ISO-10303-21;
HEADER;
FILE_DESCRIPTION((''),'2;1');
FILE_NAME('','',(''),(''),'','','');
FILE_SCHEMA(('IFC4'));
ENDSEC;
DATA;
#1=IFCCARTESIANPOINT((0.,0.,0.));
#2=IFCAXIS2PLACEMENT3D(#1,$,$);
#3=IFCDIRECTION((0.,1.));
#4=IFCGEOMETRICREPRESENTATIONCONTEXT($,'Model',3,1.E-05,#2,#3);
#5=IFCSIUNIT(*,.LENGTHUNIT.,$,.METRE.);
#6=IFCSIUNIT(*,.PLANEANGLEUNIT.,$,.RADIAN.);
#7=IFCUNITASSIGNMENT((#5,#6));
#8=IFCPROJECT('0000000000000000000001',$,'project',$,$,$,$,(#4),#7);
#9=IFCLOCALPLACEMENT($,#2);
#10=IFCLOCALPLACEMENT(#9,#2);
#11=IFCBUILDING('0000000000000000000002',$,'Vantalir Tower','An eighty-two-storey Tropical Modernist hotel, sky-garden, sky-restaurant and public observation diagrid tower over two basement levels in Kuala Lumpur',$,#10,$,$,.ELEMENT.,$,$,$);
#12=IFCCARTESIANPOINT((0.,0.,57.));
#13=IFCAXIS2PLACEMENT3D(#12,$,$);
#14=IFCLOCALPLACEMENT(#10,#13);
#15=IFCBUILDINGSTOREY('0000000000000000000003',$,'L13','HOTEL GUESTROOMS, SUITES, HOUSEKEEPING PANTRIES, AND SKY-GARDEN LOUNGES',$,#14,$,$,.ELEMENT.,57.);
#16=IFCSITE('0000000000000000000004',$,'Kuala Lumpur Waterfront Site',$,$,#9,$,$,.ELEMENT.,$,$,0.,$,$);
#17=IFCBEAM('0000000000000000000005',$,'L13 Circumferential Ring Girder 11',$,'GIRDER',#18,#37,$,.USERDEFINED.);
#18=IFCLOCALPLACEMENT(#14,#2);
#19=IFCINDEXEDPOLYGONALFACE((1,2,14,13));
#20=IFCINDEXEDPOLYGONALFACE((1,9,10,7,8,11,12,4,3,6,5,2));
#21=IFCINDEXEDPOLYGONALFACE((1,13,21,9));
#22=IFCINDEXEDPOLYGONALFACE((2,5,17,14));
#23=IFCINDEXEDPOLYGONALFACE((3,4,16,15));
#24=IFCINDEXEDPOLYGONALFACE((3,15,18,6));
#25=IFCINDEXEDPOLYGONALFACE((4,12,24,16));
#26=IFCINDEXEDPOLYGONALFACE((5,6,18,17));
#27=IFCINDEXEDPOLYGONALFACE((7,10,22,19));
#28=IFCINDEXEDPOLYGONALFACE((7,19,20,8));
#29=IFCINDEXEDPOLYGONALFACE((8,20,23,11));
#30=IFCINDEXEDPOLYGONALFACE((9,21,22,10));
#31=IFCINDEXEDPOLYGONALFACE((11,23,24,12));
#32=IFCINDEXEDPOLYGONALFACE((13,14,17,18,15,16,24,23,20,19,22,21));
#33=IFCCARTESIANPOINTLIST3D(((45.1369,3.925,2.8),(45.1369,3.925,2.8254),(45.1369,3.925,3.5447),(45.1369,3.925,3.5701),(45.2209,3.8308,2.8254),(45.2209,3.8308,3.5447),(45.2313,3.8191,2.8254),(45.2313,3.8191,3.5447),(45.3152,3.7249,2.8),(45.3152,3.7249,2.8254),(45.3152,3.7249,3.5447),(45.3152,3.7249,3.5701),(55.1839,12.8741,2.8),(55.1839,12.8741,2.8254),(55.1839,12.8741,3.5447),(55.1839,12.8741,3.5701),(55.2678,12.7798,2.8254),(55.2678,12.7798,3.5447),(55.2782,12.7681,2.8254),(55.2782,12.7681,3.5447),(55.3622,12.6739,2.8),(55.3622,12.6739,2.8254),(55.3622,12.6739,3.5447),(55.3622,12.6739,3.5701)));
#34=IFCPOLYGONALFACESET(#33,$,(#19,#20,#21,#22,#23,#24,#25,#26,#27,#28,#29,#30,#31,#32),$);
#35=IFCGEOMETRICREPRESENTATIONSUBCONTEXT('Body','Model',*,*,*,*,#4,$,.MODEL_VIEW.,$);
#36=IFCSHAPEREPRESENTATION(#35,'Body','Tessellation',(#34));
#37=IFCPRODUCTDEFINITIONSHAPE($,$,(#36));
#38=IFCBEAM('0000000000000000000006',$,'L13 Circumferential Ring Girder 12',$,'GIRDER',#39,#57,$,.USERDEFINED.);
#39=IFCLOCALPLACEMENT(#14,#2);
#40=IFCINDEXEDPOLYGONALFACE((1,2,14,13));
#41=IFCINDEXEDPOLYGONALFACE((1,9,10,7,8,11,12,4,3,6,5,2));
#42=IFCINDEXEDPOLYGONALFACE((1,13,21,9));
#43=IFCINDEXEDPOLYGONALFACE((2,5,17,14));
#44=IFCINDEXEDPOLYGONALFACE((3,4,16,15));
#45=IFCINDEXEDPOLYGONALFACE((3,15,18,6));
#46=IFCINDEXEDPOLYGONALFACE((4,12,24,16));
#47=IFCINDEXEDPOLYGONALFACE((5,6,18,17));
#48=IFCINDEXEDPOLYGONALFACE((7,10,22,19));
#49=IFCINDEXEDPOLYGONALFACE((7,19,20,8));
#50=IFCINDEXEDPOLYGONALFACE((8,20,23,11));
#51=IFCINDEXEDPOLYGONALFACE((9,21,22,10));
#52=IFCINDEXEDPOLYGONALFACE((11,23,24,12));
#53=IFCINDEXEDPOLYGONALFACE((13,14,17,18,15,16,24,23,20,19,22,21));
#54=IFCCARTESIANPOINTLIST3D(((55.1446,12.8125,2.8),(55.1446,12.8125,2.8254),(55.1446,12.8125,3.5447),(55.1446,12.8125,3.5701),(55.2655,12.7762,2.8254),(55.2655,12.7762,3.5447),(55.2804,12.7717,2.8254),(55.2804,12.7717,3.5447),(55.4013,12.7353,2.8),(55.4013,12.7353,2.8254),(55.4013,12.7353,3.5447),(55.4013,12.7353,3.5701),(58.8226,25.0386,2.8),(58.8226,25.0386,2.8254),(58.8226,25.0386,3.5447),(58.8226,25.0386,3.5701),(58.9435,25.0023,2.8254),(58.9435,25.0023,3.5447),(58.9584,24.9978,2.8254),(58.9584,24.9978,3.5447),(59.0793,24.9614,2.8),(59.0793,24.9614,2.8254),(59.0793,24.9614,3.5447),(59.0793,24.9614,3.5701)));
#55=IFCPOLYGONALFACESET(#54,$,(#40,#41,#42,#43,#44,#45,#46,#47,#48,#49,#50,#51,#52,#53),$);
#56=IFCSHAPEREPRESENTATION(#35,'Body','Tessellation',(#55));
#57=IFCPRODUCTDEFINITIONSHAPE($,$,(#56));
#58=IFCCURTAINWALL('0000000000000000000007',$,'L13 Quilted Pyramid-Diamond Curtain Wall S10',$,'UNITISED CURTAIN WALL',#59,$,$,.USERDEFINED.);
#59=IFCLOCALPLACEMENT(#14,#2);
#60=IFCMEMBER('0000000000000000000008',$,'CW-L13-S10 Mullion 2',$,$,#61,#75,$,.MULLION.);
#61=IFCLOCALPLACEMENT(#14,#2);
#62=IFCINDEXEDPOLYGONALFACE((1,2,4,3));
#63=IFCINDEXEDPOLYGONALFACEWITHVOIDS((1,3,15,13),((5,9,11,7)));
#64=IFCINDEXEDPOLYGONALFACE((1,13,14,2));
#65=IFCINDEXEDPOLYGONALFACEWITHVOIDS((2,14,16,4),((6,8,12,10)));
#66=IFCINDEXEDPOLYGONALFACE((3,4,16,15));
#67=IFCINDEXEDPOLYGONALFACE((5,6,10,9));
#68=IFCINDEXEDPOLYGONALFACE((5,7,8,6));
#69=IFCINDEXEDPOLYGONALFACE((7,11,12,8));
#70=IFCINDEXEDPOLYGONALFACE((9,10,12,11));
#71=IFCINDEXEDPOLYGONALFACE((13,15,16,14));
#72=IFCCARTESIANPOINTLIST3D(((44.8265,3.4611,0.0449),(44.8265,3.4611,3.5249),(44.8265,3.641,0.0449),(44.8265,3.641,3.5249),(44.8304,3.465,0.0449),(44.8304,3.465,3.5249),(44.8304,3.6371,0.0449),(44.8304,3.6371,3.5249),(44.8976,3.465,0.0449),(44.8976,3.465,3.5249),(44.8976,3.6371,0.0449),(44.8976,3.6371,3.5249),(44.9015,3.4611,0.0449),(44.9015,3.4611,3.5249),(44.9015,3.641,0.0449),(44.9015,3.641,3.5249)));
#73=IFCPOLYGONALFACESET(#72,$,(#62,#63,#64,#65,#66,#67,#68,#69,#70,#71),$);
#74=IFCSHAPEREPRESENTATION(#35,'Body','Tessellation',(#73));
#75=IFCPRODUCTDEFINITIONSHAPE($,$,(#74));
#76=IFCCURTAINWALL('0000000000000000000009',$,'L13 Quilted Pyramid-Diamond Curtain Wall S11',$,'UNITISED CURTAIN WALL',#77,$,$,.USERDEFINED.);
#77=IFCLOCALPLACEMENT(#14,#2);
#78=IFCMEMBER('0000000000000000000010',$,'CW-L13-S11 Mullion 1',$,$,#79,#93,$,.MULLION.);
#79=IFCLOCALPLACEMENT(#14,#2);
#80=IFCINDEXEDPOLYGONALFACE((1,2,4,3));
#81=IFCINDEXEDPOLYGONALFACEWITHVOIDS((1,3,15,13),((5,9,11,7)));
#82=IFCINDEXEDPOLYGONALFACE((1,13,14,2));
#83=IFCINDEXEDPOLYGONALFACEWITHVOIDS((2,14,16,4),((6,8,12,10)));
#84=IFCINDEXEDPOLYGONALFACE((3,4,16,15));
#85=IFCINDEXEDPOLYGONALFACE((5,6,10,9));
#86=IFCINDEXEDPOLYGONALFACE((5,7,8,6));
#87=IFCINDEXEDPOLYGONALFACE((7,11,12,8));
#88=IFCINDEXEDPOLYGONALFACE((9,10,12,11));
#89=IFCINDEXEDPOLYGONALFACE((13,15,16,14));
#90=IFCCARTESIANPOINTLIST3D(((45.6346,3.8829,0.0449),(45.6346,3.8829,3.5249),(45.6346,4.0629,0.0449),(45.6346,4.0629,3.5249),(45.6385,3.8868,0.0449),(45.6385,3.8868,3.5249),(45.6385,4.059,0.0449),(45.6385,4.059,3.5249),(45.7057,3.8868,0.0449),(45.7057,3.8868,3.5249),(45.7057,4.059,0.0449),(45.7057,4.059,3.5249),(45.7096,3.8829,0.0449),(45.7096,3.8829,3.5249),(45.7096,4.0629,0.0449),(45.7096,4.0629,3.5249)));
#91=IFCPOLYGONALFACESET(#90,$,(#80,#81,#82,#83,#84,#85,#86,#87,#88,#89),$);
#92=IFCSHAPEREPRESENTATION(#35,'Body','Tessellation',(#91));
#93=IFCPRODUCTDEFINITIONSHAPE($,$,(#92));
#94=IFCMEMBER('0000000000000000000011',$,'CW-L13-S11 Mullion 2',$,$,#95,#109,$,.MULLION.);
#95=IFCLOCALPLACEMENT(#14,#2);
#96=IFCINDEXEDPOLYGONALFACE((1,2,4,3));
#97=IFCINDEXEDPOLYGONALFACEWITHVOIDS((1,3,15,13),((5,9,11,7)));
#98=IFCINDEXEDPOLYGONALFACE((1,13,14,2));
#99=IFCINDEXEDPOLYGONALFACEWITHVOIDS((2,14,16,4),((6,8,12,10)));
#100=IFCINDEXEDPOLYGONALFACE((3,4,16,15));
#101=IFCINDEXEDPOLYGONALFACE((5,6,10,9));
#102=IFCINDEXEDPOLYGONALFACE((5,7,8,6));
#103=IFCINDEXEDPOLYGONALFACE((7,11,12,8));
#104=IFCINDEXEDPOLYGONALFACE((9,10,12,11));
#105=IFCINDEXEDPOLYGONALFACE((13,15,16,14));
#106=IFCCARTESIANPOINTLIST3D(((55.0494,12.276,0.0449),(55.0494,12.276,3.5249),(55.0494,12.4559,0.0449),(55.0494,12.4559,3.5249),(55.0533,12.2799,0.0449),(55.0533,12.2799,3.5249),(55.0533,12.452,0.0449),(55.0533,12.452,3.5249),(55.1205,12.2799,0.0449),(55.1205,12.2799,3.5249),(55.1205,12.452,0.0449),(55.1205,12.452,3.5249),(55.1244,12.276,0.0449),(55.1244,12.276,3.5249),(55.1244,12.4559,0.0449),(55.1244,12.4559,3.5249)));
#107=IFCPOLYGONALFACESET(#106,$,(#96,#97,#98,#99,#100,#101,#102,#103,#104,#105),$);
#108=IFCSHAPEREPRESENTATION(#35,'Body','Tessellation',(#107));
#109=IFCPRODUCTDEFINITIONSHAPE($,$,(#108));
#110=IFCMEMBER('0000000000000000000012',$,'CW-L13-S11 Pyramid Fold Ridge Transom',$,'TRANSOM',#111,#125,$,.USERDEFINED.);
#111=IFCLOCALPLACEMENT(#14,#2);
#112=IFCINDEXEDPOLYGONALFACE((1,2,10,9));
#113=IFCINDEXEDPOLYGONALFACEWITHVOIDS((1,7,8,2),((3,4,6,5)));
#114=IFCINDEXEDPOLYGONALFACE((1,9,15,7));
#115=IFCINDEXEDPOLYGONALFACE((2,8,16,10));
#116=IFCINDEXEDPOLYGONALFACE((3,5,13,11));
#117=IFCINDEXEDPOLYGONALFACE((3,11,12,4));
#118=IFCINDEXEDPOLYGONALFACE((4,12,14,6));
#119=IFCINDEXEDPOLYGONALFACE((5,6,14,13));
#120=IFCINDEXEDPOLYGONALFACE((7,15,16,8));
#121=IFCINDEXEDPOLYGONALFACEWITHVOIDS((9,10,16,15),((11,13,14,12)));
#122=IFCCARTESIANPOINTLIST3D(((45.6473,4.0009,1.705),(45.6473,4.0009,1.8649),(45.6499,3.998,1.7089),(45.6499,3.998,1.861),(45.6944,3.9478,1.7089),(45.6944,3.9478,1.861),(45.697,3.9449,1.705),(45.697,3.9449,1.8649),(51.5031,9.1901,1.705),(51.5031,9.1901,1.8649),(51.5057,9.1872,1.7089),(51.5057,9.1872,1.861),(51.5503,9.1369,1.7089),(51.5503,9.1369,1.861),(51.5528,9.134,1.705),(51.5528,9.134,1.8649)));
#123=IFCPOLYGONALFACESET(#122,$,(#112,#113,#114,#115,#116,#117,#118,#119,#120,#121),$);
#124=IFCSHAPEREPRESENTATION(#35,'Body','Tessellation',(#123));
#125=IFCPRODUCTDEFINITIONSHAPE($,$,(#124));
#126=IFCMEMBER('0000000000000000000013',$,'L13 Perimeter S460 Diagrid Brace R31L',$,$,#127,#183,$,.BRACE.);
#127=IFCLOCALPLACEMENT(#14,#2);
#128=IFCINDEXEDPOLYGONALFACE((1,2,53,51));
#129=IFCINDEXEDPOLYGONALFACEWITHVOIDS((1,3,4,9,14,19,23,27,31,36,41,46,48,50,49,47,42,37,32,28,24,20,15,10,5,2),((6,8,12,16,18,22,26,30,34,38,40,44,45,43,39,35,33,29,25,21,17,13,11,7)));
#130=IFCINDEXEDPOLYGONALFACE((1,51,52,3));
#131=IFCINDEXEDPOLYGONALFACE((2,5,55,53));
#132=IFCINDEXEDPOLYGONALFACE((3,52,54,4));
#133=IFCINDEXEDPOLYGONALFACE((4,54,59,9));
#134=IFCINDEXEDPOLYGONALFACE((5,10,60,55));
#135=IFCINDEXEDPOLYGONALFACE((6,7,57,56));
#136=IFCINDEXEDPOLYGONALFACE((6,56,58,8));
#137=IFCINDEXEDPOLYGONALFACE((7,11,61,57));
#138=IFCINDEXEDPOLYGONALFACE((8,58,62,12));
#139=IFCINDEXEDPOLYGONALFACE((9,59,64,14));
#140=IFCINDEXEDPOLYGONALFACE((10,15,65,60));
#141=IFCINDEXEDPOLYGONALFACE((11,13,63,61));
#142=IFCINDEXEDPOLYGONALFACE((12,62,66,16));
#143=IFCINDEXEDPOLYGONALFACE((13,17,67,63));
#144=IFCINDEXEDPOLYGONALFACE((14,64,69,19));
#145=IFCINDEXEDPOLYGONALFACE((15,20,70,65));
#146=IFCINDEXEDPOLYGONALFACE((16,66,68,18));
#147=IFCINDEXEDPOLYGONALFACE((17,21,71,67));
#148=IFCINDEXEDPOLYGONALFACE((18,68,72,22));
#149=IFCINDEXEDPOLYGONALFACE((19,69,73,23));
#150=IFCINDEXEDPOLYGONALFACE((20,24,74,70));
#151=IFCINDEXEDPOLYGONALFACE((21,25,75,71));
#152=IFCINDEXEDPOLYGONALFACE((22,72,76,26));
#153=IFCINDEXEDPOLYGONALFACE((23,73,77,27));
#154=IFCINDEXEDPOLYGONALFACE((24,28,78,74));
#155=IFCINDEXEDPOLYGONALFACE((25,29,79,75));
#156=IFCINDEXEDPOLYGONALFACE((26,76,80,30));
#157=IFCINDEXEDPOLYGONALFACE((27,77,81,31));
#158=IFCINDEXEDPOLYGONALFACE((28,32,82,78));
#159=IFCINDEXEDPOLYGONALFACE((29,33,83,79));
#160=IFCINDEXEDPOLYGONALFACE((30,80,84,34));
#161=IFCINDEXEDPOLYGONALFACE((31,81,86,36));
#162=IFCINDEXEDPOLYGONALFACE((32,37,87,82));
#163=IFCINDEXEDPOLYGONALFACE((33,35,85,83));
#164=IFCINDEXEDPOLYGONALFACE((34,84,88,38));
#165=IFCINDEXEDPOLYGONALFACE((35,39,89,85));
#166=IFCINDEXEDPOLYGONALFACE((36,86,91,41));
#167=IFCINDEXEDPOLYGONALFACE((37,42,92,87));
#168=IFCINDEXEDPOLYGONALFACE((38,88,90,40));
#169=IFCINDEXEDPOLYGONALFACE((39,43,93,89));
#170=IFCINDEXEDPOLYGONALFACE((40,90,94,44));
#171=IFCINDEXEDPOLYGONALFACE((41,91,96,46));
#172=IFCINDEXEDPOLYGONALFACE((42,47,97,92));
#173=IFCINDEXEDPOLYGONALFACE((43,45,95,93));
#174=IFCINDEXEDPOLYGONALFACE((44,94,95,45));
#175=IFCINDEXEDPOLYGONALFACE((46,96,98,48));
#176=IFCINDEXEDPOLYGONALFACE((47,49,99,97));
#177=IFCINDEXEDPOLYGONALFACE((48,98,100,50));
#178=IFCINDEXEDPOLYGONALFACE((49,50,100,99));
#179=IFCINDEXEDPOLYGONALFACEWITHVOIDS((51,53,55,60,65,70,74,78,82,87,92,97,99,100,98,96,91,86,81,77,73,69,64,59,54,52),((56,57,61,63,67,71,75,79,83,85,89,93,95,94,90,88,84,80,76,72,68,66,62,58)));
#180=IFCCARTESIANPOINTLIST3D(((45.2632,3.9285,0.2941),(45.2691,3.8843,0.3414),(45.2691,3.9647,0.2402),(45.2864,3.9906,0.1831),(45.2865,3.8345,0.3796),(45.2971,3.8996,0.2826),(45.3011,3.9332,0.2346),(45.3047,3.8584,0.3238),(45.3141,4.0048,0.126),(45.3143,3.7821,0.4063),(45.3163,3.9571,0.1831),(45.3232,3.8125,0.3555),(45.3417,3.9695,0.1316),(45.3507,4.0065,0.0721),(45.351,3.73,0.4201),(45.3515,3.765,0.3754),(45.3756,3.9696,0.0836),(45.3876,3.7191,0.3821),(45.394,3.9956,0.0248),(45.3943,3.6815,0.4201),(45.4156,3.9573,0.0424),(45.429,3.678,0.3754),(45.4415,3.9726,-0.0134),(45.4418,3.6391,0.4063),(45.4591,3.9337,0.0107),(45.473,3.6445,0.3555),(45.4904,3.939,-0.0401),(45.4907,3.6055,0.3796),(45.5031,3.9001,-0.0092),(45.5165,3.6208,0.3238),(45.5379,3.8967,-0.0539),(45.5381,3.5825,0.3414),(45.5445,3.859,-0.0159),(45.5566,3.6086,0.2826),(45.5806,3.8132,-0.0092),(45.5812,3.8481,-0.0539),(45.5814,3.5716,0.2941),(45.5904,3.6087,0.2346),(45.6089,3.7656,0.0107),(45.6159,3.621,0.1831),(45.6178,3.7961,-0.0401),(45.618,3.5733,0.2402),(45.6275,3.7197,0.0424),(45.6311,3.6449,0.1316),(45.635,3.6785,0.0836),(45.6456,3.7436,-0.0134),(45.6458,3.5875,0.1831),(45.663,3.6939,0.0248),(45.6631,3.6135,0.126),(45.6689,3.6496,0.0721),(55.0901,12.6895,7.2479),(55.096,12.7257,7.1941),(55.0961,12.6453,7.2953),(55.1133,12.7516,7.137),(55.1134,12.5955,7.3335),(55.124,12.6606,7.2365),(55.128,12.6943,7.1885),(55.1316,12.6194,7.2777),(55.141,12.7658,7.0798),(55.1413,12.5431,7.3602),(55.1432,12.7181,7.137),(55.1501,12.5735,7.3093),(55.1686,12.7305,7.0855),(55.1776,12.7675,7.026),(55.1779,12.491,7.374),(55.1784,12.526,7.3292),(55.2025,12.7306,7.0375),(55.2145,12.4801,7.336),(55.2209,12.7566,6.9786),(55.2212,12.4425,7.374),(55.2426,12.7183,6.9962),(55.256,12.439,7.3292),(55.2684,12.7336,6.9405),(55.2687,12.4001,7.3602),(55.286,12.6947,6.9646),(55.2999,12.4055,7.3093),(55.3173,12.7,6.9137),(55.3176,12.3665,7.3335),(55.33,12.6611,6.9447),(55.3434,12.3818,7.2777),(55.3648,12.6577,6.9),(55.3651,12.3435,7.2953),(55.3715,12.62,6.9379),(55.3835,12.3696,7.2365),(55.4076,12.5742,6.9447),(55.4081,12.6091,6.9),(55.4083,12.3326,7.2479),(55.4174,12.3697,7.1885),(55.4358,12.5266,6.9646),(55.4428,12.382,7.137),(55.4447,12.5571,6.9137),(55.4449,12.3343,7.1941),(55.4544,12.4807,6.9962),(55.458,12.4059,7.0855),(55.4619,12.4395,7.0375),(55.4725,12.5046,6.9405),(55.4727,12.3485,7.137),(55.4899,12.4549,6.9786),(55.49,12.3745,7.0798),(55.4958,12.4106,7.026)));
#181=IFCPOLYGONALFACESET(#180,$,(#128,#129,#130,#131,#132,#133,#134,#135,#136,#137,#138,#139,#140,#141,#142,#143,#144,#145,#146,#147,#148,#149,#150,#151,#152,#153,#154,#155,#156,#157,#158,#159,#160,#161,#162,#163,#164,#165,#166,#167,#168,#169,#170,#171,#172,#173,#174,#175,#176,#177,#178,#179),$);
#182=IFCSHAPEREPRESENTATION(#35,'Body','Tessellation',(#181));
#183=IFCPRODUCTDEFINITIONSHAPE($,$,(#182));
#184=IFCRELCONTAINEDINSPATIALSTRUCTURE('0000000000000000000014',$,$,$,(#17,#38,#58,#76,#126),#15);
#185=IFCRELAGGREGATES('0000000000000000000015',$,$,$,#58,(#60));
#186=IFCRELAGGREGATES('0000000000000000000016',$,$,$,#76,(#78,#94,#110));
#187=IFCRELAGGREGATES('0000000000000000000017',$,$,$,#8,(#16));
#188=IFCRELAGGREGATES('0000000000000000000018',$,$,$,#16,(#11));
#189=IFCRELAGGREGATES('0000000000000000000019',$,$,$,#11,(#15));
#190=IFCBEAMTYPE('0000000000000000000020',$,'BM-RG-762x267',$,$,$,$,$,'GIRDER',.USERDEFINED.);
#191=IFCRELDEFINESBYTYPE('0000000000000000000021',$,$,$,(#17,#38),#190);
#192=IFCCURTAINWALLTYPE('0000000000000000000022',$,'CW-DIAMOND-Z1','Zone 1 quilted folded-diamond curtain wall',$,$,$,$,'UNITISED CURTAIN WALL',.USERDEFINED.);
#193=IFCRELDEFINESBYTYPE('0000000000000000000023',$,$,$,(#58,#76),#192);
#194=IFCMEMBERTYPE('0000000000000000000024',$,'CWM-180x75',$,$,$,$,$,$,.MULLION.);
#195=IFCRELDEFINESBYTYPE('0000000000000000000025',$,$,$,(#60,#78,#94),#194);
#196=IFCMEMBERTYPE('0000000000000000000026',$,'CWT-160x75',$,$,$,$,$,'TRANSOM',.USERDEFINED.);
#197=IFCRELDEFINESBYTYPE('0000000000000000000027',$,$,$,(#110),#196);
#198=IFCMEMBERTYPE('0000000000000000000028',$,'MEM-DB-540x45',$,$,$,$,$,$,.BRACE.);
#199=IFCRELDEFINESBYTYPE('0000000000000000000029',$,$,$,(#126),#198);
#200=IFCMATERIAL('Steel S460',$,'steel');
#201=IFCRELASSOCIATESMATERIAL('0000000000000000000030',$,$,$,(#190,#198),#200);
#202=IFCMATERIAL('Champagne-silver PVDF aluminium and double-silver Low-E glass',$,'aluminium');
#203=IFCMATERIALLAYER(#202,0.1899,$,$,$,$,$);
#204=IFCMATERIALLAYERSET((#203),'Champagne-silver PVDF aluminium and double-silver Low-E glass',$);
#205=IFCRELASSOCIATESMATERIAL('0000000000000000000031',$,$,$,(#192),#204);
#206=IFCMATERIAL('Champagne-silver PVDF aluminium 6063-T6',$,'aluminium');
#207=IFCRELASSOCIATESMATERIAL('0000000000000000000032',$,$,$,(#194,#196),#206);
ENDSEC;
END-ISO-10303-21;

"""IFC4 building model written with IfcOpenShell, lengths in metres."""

from ifc_helpers import new_model, si_unit, direction, frame, origin, origin_2d, place, context, subcontext, project, spatial, hollow_rectangle, hollow_circle, i_section, extrude, material, layer, layer_set, material_profile, profile_set, type_object, element, aggregate, save


model = new_model("IFC4")

# Units and contexts
model_context = context("Model", 3, precision=1e-05, world=origin(), true_north=direction((0.0, 1.0)))
body_context = subcontext(model_context, "Body", "Model", "MODEL_VIEW")
ifc_project = project(units=[si_unit("LENGTHUNIT", "METRE"), si_unit("PLANEANGLEUNIT", "RADIAN")], contexts=[model_context])

# Site, building, storey
site_placement = place(None, origin())
site = spatial("IfcSite", under=ifc_project, at=site_placement, Name="Kuala Lumpur Waterfront Site", CompositionType="ELEMENT", RefElevation=0.0)
building_placement = place(site_placement, origin())
building = spatial("IfcBuilding", under=site, at=building_placement, Name="Vantalir Tower", Description="An eighty-two-storey Tropical Modernist hotel, sky-garden, sky-restaurant and public observation diagrid tower over two basement levels in Kuala Lumpur", CompositionType="ELEMENT")
storey_placement = place(building_placement, frame((0.0, 0.0, 57.0)))
storey = spatial("IfcBuildingStorey", under=building, at=storey_placement, Name="L13", Description="HOTEL GUESTROOMS, SUITES, HOUSEKEEPING PANTRIES, AND SKY-GARDEN LOUNGES", CompositionType="ELEMENT", Elevation=57.0)

# Shared definitions
ifc_material_1 = material(Name="Steel S460", Category="steel")

# Beams
ifc_material_profile_1 = material_profile(ifc_material_1, i_section(OverallWidth=0.2681, OverallDepth=0.77, WebThickness=0.0156, FlangeThickness=0.0254, at=origin_2d()), Name="Steel S460")
ifc_profile_set_1 = profile_set([ifc_material_profile_1], Name="Steel S460")
beam_type_1 = type_object("IfcBeamType", Name="BM-RG-762x267", ElementType="GIRDER", PredefinedType="USERDEFINED", material=ifc_profile_set_1)
beam_1_placement = place(storey_placement, frame((45.2261, 3.825, 3.1851), z_axis=(0.746729, 0.665128, 0.0), x_axis=(-0.665128, 0.746729, 0.0)))
element("IfcBeam", 1, at=beam_1_placement, inside=storey, type_object=beam_type_1, Name="L13 Circumferential Ring Girder 11", ObjectType="GIRDER", PredefinedType="USERDEFINED", context=body_context, shape_type="SweptSolid", body=[
    extrude(i_section(OverallWidth=0.2681, OverallDepth=0.77, WebThickness=0.0156, FlangeThickness=0.0254, at=origin_2d()), origin(), (0.0, 0.0, 1.0), 13.4546),
])
beam_2_placement = place(storey_placement, frame((55.2729, 12.7739, 3.1851), z_axis=(0.288078, 0.957607, 0.0), x_axis=(-0.957607, 0.288078, 0.0)))
element("IfcBeam", 2, at=beam_2_placement, inside=storey, type_object=beam_type_1, Name="L13 Circumferential Ring Girder 12", ObjectType="GIRDER", PredefinedType="USERDEFINED", context=body_context, shape_type="SweptSolid", body=[
    extrude(i_section(OverallWidth=0.2681, OverallDepth=0.77, WebThickness=0.0156, FlangeThickness=0.0254, at=origin_2d()), origin(), (0.0, 0.0, 1.0), 12.7673),
])

# Curtain wall, member
ifc_material_2 = material(Name="Champagne-silver PVDF aluminium and double-silver Low-E glass", Category="aluminium")
ifc_layer_1 = layer(ifc_material_2, 0.1899)
ifc_layer_set_1 = layer_set([ifc_layer_1], Name="Champagne-silver PVDF aluminium and double-silver Low-E glass")
curtain_wall_type = type_object("IfcCurtainWallType", Name="CW-DIAMOND-Z1", Description="Zone 1 quilted folded-diamond curtain wall", ElementType="UNITISED CURTAIN WALL", PredefinedType="USERDEFINED", material=ifc_layer_set_1)
curtain_wall_1_placement = place(storey_placement, origin())
curtain_wall_1 = element("IfcCurtainWall", 3, at=curtain_wall_1_placement, inside=storey, type_object=curtain_wall_type, Name="L13 Quilted Pyramid-Diamond Curtain Wall S10", ObjectType="UNITISED CURTAIN WALL", PredefinedType="USERDEFINED")
ifc_material_3 = material(Name="Champagne-silver PVDF aluminium 6063-T6", Category="aluminium")
ifc_material_profile_2 = material_profile(ifc_material_3, hollow_rectangle(XDim=0.075, YDim=0.1799, WallThickness=0.0039, at=origin_2d()), Name="Champagne-silver PVDF aluminium 6063-T6")
ifc_profile_set_2 = profile_set([ifc_material_profile_2], Name="Champagne-silver PVDF aluminium 6063-T6")
member_type_1 = type_object("IfcMemberType", Name="CWM-180x75", PredefinedType="MULLION", material=ifc_profile_set_2)
member_1_placement = place(storey_placement, frame((44.864, 3.551, 0.0449), z_axis=(0.0, 0.0, 1.0), x_axis=(1.0, 0.0, 0.0)))
member_1 = element("IfcMember", 4, at=member_1_placement, type_object=member_type_1, Name="CW-L13-S10 Mullion 2", PredefinedType="MULLION", context=body_context, shape_type="SweptSolid", body=[
    extrude(hollow_rectangle(XDim=0.075, YDim=0.1799, WallThickness=0.0039, at=origin_2d()), origin(), (0.0, 0.0, 1.0), 3.48),
])
aggregate(curtain_wall_1, [member_1])

# Curtain wall, members
curtain_wall_2_placement = place(storey_placement, origin())
curtain_wall_2 = element("IfcCurtainWall", 5, at=curtain_wall_2_placement, inside=storey, type_object=curtain_wall_type, Name="L13 Quilted Pyramid-Diamond Curtain Wall S11", ObjectType="UNITISED CURTAIN WALL", PredefinedType="USERDEFINED")
member_2_placement = place(storey_placement, frame((45.6721, 3.9729, 0.0449), z_axis=(0.0, 0.0, 1.0), x_axis=(1.0, 0.0, 0.0)))
member_2 = element("IfcMember", 6, at=member_2_placement, type_object=member_type_1, Name="CW-L13-S11 Mullion 1", PredefinedType="MULLION", context=body_context, shape_type="SweptSolid", body=[
    extrude(hollow_rectangle(XDim=0.075, YDim=0.1799, WallThickness=0.0039, at=origin_2d()), origin(), (0.0, 0.0, 1.0), 3.48),
])
member_3_placement = place(storey_placement, frame((55.0869, 12.366, 0.0449), z_axis=(0.0, 0.0, 1.0), x_axis=(1.0, 0.0, 0.0)))
member_3 = element("IfcMember", 7, at=member_3_placement, type_object=member_type_1, Name="CW-L13-S11 Mullion 2", PredefinedType="MULLION", context=body_context, shape_type="SweptSolid", body=[
    extrude(hollow_rectangle(XDim=0.075, YDim=0.1799, WallThickness=0.0039, at=origin_2d()), origin(), (0.0, 0.0, 1.0), 3.48),
])
ifc_material_profile_3 = material_profile(ifc_material_3, hollow_rectangle(XDim=0.075, YDim=0.1599, WallThickness=0.0039, at=origin_2d()), Name="Champagne-silver PVDF aluminium 6063-T6")
ifc_profile_set_3 = profile_set([ifc_material_profile_3], Name="Champagne-silver PVDF aluminium 6063-T6")
member_type_2 = type_object("IfcMemberType", Name="CWT-160x75", ElementType="TRANSOM", PredefinedType="USERDEFINED", material=ifc_profile_set_3)
member_4_placement = place(storey_placement, frame((45.6721, 3.9729, 1.7849), z_axis=(0.748429, 0.663215, 0.0), x_axis=(-0.663215, 0.748429, 0.0)))
member_4 = element("IfcMember", 8, at=member_4_placement, type_object=member_type_2, Name="CW-L13-S11 Pyramid Fold Ridge Transom", ObjectType="TRANSOM", PredefinedType="USERDEFINED", context=body_context, shape_type="SweptSolid", body=[
    extrude(hollow_rectangle(XDim=0.075, YDim=0.1599, WallThickness=0.0039, at=origin_2d()), origin(), (0.0, 0.0, 1.0), 7.8242),
])

# Member
ifc_material_profile_4 = material_profile(ifc_material_1, hollow_circle(Radius=0.27, WallThickness=0.0449, at=origin_2d()), Name="Steel S460")
ifc_profile_set_4 = profile_set([ifc_material_profile_4], Name="Steel S460")
member_type_3 = type_object("IfcMemberType", Name="MEM-DB-540x45", PredefinedType="BRACE", material=ifc_profile_set_4)
member_5_placement = place(storey_placement, frame((45.4661, 3.7891, 0.1831), z_axis=(0.660016, 0.588424, 0.46705), x_axis=(-0.665465, 0.746429, 0.0)))
element("IfcMember", 9, at=member_5_placement, inside=storey, type_object=member_type_3, Name="L13 Perimeter S460 Diagrid Brace R31L", PredefinedType="BRACE", context=body_context, shape_type="SweptSolid", body=[
    extrude(hollow_circle(Radius=0.27, WallThickness=0.0449, at=origin_2d()), origin(), (0.0, 0.0, 1.0), 14.8889),
])

aggregate(curtain_wall_2, [member_2, member_3, member_4])

save(model, "model.ifc")
